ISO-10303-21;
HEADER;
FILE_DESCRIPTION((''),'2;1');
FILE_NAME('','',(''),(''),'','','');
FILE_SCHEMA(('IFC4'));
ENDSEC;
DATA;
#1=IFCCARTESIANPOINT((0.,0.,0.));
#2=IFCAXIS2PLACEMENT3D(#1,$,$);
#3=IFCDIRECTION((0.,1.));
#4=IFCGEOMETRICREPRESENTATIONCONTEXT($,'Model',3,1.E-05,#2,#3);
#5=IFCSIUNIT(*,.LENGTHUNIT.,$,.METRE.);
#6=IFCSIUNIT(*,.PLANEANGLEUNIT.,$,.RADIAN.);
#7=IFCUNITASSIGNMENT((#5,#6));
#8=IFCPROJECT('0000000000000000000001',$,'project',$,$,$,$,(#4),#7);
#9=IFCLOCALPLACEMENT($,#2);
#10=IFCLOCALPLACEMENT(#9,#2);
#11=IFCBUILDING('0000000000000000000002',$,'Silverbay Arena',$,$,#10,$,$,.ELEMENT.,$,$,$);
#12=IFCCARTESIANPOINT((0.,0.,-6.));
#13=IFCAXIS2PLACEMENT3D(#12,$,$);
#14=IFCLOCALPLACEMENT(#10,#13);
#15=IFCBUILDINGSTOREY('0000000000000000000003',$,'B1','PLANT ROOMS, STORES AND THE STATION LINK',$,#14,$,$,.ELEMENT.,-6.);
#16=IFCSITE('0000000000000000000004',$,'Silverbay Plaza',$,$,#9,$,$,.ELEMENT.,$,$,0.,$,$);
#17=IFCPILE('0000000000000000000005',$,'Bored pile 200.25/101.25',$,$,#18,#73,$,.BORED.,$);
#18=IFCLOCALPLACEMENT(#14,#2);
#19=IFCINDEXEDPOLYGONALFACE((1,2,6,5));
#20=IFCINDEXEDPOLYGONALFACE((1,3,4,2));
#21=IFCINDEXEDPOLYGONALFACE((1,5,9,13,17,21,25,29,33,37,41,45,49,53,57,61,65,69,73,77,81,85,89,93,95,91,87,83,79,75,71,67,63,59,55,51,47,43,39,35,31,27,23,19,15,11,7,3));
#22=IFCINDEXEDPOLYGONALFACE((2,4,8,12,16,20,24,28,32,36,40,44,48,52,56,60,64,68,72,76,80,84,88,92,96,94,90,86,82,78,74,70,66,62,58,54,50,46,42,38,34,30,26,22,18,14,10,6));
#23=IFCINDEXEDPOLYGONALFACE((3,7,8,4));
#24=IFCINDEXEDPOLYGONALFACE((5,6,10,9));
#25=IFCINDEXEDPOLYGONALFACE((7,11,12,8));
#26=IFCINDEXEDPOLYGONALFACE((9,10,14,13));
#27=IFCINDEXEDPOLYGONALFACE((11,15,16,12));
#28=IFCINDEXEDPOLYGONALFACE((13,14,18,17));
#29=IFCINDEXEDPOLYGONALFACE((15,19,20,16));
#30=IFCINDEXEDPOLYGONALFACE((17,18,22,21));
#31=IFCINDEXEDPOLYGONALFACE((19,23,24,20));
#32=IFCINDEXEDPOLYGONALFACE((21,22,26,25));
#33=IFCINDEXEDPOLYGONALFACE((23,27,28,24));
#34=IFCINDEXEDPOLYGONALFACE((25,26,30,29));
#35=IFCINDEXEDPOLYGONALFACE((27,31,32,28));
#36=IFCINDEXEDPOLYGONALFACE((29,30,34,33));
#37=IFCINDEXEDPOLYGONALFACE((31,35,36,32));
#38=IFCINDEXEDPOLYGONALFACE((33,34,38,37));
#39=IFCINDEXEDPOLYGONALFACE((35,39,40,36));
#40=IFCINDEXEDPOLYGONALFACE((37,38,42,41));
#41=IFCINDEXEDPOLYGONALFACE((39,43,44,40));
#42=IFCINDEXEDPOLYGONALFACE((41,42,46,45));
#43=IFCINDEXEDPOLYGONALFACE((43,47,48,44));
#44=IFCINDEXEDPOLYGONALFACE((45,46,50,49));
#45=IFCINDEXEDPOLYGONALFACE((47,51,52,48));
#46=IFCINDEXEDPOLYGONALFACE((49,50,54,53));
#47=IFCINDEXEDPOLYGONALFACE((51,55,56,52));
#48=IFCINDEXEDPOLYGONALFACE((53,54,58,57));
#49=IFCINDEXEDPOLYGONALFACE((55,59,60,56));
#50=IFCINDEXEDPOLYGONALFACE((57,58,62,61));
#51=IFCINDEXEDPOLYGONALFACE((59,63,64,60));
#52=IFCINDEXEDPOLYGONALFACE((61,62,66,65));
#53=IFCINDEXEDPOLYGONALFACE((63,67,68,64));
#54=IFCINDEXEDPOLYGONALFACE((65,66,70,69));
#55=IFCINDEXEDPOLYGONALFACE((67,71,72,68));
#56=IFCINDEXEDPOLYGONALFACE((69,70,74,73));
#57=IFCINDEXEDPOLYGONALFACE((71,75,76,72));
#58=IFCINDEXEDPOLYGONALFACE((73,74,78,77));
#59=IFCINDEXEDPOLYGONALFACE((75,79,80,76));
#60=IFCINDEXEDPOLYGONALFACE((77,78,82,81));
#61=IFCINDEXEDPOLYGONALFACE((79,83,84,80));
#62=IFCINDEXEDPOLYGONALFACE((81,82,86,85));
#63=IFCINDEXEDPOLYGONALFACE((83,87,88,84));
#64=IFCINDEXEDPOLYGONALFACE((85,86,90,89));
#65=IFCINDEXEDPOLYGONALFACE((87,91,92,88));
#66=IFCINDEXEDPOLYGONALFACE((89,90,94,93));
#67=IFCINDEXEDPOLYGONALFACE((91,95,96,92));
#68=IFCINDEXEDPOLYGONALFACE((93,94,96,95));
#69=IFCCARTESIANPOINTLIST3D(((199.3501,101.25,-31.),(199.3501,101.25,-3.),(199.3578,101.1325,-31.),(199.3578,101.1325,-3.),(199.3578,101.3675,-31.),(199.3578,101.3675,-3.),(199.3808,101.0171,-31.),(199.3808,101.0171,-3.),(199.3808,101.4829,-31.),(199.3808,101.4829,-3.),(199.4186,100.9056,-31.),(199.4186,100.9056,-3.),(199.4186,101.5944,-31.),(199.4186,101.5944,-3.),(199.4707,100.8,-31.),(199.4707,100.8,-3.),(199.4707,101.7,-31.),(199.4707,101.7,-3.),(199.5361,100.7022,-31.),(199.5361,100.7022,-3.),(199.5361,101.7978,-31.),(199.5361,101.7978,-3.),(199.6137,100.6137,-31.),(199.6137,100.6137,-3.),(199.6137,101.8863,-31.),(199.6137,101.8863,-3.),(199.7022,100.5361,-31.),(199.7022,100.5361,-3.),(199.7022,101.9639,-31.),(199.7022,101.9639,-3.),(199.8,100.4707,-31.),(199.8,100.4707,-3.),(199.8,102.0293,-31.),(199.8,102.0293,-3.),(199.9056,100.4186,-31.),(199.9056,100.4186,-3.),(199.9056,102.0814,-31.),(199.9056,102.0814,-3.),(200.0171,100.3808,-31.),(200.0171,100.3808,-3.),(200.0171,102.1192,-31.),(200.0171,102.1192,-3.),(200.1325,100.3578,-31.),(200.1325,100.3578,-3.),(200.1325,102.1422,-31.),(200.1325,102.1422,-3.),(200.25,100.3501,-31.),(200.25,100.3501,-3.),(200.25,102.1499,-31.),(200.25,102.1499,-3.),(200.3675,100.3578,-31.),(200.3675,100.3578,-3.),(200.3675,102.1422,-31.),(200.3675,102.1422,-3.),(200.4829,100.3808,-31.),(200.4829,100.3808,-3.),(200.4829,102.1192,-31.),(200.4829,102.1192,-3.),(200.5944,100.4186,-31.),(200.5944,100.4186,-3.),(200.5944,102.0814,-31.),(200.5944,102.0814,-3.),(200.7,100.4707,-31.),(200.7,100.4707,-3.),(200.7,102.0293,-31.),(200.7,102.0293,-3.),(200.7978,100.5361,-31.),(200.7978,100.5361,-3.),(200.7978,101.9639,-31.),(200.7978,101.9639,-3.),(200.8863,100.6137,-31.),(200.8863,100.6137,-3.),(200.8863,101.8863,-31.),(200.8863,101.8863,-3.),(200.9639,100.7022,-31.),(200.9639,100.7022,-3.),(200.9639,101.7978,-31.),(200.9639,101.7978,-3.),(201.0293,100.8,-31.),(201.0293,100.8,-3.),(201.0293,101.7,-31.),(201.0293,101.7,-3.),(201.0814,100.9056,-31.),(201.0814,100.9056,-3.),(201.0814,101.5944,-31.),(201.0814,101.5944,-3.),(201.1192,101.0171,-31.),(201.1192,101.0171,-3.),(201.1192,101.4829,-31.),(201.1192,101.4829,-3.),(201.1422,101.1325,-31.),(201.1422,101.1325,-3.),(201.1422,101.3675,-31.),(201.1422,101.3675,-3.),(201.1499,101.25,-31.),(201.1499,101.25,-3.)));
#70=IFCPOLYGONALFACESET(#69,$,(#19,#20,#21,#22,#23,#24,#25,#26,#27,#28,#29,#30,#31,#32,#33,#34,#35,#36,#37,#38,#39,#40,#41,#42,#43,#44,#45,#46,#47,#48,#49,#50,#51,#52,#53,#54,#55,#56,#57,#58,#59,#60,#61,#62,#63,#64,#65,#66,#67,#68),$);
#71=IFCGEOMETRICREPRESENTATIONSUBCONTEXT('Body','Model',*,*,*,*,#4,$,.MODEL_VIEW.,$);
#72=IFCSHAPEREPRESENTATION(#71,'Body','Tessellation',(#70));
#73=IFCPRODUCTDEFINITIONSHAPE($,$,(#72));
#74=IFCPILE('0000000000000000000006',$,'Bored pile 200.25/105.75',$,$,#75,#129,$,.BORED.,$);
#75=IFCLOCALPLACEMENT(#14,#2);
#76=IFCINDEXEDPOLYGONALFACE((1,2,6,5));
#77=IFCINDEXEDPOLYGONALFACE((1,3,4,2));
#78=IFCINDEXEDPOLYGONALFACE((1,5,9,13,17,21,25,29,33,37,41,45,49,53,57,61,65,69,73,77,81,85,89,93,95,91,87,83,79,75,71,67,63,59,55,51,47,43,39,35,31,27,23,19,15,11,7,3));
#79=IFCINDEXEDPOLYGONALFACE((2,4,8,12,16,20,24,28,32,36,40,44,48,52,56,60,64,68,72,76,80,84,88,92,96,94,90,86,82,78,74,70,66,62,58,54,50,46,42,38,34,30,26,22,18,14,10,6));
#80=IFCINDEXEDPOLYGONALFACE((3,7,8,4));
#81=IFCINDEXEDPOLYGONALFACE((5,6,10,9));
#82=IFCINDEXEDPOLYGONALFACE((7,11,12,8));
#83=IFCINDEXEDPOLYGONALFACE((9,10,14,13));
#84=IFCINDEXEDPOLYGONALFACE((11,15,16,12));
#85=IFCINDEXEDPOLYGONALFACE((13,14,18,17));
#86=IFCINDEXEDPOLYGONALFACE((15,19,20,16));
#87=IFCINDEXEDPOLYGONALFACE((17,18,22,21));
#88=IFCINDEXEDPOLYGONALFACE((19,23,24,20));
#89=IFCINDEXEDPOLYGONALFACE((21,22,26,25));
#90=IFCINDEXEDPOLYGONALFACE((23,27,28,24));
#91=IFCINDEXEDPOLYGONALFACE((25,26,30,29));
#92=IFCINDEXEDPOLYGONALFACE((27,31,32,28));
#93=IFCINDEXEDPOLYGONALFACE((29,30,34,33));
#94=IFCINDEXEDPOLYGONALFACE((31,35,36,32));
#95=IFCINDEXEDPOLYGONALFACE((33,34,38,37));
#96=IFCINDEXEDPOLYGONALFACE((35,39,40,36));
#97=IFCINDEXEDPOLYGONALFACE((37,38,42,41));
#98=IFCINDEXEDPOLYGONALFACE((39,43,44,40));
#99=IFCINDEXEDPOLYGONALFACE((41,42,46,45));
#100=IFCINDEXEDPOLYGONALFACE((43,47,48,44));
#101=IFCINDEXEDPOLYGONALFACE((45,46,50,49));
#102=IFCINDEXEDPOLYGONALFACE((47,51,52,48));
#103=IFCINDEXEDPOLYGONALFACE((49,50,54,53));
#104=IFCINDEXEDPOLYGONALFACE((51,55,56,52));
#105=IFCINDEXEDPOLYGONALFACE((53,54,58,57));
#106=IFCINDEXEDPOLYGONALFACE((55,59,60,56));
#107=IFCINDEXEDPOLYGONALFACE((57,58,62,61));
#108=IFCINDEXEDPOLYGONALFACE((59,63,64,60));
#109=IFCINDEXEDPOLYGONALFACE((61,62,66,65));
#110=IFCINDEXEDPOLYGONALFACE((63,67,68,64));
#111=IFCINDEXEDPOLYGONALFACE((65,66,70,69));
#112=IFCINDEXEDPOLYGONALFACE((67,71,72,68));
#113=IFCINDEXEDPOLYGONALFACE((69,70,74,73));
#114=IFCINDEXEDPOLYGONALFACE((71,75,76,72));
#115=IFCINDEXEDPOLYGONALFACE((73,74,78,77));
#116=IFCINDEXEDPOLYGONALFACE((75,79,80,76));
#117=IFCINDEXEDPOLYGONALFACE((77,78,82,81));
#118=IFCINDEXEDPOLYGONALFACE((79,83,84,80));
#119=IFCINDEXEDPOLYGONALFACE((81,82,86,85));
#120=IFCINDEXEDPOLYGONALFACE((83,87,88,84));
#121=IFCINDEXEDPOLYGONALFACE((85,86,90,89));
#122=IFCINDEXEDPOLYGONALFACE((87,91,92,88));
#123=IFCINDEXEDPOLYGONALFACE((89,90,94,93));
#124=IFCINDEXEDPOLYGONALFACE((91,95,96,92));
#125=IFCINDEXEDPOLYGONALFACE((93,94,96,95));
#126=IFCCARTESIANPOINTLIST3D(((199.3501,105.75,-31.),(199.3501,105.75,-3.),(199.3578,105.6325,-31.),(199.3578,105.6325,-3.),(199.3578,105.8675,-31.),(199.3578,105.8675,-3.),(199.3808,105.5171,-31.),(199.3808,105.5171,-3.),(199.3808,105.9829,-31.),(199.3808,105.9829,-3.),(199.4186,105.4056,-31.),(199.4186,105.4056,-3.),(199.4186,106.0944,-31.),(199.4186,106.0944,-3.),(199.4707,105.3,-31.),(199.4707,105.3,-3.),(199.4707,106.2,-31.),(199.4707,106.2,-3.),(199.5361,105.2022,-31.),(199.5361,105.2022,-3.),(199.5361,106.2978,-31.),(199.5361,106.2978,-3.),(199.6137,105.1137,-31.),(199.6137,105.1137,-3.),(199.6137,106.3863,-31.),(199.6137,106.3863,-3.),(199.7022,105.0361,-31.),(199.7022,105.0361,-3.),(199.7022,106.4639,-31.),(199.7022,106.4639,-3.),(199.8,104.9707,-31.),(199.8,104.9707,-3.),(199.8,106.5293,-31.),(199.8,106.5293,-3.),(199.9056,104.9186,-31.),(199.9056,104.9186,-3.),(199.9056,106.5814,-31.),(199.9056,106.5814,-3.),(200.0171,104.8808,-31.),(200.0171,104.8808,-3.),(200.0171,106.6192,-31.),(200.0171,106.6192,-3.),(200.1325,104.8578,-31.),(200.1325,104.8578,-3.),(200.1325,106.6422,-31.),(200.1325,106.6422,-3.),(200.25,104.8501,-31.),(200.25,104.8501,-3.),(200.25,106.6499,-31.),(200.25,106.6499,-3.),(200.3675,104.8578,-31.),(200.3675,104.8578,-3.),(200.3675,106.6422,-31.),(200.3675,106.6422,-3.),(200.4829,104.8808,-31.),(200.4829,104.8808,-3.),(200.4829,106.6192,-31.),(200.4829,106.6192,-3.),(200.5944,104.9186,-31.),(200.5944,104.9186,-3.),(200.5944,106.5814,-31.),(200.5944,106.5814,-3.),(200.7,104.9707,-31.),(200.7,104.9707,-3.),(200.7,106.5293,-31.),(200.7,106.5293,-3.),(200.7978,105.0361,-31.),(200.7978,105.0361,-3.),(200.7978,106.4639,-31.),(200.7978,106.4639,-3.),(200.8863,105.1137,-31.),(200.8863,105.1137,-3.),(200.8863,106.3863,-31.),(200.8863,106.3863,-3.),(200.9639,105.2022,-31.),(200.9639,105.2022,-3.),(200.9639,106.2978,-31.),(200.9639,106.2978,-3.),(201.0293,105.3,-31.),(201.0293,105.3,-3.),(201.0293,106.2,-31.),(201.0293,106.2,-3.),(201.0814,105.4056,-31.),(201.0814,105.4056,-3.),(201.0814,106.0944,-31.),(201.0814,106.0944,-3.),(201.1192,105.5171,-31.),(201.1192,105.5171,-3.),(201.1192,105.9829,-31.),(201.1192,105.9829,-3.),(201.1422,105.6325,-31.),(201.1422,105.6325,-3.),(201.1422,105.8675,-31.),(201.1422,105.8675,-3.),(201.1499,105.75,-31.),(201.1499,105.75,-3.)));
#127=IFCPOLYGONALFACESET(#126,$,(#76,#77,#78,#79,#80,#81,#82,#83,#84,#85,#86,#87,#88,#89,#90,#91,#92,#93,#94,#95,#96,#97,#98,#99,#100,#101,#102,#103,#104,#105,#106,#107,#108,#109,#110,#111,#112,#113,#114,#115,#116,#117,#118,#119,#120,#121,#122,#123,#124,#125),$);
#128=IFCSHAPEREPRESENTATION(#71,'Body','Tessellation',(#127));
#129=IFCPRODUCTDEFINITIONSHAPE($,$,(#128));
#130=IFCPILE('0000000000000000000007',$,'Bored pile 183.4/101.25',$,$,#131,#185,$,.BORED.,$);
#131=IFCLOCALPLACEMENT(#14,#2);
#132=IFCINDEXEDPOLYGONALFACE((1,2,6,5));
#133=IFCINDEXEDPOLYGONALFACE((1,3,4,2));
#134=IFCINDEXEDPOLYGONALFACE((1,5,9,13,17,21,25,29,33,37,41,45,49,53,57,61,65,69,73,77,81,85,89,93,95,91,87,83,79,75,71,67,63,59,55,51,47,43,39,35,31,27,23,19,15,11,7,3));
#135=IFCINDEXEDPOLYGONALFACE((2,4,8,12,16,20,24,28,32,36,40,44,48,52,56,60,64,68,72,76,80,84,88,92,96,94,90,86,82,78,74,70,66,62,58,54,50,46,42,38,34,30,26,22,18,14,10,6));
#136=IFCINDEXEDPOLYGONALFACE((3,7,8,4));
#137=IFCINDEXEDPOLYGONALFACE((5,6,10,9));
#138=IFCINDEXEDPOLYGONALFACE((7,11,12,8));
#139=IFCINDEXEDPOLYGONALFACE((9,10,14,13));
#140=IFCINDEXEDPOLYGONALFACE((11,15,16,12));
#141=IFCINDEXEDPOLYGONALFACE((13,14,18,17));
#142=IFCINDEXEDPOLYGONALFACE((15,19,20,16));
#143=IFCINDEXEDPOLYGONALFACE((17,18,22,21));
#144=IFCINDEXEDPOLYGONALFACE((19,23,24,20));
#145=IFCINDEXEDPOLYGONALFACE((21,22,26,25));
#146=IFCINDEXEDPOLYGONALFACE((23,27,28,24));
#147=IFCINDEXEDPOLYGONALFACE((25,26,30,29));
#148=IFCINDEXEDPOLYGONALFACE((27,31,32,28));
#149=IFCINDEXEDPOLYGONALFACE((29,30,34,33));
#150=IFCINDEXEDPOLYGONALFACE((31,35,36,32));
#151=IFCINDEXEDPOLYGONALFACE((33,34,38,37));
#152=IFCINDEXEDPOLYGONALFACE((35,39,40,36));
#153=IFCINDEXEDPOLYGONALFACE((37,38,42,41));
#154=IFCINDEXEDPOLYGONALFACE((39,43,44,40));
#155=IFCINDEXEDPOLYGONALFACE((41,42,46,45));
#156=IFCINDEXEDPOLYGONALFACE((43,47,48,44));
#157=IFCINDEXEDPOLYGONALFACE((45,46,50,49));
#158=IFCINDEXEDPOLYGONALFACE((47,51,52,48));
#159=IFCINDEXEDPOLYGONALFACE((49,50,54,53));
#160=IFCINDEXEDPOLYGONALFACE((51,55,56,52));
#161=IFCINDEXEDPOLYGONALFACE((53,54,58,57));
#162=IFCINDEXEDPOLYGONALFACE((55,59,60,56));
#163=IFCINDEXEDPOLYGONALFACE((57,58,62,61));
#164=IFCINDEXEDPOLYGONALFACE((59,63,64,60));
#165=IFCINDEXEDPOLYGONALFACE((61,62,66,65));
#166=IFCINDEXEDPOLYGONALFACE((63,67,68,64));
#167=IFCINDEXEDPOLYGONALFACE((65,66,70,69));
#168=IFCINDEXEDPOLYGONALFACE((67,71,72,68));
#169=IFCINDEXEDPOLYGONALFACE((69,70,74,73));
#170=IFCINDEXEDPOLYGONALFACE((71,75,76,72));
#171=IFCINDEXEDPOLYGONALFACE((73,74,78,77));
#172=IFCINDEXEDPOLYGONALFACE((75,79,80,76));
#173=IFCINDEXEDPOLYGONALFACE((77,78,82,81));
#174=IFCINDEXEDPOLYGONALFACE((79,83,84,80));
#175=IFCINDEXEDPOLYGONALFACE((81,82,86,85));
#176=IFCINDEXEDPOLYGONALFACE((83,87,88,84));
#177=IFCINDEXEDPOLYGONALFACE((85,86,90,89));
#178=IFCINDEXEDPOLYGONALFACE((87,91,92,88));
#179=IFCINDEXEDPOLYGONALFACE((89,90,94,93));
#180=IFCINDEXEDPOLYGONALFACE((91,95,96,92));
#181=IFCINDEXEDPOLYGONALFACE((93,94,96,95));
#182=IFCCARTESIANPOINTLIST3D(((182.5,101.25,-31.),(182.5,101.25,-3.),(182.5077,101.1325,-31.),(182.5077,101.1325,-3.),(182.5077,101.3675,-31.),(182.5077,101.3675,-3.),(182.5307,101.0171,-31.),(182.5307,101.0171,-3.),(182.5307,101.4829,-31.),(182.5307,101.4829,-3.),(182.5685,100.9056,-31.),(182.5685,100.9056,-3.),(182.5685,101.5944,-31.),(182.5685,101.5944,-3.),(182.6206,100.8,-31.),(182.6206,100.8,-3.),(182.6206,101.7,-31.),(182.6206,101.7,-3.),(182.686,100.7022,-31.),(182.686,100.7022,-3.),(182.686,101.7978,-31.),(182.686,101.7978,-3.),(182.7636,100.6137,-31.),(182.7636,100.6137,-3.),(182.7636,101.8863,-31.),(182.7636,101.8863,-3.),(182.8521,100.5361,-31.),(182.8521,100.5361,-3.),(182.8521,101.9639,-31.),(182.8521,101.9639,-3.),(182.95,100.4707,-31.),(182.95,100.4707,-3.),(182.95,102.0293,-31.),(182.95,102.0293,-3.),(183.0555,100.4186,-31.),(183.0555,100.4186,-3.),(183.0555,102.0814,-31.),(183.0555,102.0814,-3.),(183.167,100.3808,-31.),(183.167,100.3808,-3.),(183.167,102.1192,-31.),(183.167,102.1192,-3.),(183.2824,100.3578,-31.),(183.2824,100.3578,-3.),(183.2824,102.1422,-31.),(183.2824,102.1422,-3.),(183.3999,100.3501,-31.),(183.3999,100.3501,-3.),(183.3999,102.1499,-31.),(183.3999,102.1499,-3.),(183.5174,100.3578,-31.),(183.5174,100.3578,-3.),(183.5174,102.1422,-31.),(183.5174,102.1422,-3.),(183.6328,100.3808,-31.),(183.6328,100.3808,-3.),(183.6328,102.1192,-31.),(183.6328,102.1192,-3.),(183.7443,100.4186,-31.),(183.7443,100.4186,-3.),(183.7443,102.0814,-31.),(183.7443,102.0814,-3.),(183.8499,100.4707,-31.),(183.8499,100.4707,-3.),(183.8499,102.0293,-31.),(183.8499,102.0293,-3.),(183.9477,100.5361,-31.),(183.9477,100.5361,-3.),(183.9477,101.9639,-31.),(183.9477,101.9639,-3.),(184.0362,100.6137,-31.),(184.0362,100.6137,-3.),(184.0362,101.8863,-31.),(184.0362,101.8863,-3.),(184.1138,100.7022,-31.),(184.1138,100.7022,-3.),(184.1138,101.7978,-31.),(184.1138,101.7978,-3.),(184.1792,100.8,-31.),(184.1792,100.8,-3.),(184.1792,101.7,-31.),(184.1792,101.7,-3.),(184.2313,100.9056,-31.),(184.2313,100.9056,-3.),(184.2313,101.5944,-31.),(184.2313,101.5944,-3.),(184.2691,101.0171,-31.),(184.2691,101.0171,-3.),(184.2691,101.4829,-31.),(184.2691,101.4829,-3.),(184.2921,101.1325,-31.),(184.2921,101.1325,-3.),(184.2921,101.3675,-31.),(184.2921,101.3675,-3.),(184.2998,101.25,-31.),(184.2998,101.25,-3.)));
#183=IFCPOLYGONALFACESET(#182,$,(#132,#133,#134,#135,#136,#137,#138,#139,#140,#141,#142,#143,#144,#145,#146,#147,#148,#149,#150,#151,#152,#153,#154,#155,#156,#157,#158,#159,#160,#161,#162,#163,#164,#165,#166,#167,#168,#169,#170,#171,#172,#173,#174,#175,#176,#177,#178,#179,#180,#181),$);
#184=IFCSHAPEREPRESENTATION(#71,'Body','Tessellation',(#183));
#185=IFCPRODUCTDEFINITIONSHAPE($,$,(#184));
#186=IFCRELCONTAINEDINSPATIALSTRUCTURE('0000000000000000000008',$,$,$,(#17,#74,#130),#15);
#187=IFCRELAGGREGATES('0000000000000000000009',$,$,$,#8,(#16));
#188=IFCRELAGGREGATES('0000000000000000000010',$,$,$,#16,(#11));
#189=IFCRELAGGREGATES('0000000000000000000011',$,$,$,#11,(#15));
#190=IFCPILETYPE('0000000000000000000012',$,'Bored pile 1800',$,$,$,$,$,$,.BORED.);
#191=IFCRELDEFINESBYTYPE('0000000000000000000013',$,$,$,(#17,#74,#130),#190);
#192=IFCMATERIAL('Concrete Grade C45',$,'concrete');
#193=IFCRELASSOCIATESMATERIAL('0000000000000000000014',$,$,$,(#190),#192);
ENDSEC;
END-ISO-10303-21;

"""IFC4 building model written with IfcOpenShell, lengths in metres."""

from ifc_helpers import new_model, si_unit, direction, frame, origin, origin_2d, place, context, subcontext, project, spatial, circle, extrude, material, material_profile, profile_set, type_object, element, save


model = new_model("IFC4")

# Units and contexts
model_context = context("Model", 3, precision=1e-05, world=origin(), true_north=direction((0.0, 1.0)))
body_context = subcontext(model_context, "Body", "Model", "MODEL_VIEW")
ifc_project = project(units=[si_unit("LENGTHUNIT", "METRE"), si_unit("PLANEANGLEUNIT", "RADIAN")], contexts=[model_context])

# Site, building, storey
site_placement = place(None, origin())
site = spatial("IfcSite", under=ifc_project, at=site_placement, Name="Silverbay Plaza", CompositionType="ELEMENT", RefElevation=0.0)
building_placement = place(site_placement, origin())
building = spatial("IfcBuilding", under=site, at=building_placement, Name="Silverbay Arena", CompositionType="ELEMENT")
storey_placement = place(building_placement, frame((0.0, 0.0, -6.0)))
storey = spatial("IfcBuildingStorey", under=building, at=storey_placement, Name="B1", Description="PLANT ROOMS, STORES AND THE STATION LINK", CompositionType="ELEMENT", Elevation=-6.0)

# Piles
ifc_material_1 = material(Name="Concrete Grade C45", Category="concrete")
ifc_material_profile = material_profile(ifc_material_1, circle(Radius=0.8999, at=origin_2d()), Name="Bored pile 1800")
ifc_profile_set = profile_set([ifc_material_profile], Name="Concrete Grade C45")
pile_type = type_object("IfcPileType", Name="Bored pile 1800", PredefinedType="BORED", material=ifc_profile_set)
for number, where, z_axis, x_axis, name in (
    (1, (200.25, 101.25, -3.0), (0.0, 0.0, -1.0), (1.0, 0.0, 0.0), "Bored pile 200.25/101.25"),
    (2, (200.25, 105.75, -3.0), (0.0, 0.0, -1.0), (1.0, 0.0, 0.0), "Bored pile 200.25/105.75"),
    (3, (183.3999, 101.25, -3.0), (0.0, 0.0, -1.0), (1.0, 0.0, 0.0), "Bored pile 183.4/101.25"),
):
    element("IfcPile", number, at=place(storey_placement, frame(where, z_axis=z_axis, x_axis=x_axis)), inside=storey, type_object=pile_type, Name=name, PredefinedType="BORED", context=body_context, shape_type="SweptSolid", body=[
        extrude(circle(Radius=0.8999, at=origin_2d()), origin(), (0.0, 0.0, 1.0), 28.0),
    ])

save(model, "model.ifc")
